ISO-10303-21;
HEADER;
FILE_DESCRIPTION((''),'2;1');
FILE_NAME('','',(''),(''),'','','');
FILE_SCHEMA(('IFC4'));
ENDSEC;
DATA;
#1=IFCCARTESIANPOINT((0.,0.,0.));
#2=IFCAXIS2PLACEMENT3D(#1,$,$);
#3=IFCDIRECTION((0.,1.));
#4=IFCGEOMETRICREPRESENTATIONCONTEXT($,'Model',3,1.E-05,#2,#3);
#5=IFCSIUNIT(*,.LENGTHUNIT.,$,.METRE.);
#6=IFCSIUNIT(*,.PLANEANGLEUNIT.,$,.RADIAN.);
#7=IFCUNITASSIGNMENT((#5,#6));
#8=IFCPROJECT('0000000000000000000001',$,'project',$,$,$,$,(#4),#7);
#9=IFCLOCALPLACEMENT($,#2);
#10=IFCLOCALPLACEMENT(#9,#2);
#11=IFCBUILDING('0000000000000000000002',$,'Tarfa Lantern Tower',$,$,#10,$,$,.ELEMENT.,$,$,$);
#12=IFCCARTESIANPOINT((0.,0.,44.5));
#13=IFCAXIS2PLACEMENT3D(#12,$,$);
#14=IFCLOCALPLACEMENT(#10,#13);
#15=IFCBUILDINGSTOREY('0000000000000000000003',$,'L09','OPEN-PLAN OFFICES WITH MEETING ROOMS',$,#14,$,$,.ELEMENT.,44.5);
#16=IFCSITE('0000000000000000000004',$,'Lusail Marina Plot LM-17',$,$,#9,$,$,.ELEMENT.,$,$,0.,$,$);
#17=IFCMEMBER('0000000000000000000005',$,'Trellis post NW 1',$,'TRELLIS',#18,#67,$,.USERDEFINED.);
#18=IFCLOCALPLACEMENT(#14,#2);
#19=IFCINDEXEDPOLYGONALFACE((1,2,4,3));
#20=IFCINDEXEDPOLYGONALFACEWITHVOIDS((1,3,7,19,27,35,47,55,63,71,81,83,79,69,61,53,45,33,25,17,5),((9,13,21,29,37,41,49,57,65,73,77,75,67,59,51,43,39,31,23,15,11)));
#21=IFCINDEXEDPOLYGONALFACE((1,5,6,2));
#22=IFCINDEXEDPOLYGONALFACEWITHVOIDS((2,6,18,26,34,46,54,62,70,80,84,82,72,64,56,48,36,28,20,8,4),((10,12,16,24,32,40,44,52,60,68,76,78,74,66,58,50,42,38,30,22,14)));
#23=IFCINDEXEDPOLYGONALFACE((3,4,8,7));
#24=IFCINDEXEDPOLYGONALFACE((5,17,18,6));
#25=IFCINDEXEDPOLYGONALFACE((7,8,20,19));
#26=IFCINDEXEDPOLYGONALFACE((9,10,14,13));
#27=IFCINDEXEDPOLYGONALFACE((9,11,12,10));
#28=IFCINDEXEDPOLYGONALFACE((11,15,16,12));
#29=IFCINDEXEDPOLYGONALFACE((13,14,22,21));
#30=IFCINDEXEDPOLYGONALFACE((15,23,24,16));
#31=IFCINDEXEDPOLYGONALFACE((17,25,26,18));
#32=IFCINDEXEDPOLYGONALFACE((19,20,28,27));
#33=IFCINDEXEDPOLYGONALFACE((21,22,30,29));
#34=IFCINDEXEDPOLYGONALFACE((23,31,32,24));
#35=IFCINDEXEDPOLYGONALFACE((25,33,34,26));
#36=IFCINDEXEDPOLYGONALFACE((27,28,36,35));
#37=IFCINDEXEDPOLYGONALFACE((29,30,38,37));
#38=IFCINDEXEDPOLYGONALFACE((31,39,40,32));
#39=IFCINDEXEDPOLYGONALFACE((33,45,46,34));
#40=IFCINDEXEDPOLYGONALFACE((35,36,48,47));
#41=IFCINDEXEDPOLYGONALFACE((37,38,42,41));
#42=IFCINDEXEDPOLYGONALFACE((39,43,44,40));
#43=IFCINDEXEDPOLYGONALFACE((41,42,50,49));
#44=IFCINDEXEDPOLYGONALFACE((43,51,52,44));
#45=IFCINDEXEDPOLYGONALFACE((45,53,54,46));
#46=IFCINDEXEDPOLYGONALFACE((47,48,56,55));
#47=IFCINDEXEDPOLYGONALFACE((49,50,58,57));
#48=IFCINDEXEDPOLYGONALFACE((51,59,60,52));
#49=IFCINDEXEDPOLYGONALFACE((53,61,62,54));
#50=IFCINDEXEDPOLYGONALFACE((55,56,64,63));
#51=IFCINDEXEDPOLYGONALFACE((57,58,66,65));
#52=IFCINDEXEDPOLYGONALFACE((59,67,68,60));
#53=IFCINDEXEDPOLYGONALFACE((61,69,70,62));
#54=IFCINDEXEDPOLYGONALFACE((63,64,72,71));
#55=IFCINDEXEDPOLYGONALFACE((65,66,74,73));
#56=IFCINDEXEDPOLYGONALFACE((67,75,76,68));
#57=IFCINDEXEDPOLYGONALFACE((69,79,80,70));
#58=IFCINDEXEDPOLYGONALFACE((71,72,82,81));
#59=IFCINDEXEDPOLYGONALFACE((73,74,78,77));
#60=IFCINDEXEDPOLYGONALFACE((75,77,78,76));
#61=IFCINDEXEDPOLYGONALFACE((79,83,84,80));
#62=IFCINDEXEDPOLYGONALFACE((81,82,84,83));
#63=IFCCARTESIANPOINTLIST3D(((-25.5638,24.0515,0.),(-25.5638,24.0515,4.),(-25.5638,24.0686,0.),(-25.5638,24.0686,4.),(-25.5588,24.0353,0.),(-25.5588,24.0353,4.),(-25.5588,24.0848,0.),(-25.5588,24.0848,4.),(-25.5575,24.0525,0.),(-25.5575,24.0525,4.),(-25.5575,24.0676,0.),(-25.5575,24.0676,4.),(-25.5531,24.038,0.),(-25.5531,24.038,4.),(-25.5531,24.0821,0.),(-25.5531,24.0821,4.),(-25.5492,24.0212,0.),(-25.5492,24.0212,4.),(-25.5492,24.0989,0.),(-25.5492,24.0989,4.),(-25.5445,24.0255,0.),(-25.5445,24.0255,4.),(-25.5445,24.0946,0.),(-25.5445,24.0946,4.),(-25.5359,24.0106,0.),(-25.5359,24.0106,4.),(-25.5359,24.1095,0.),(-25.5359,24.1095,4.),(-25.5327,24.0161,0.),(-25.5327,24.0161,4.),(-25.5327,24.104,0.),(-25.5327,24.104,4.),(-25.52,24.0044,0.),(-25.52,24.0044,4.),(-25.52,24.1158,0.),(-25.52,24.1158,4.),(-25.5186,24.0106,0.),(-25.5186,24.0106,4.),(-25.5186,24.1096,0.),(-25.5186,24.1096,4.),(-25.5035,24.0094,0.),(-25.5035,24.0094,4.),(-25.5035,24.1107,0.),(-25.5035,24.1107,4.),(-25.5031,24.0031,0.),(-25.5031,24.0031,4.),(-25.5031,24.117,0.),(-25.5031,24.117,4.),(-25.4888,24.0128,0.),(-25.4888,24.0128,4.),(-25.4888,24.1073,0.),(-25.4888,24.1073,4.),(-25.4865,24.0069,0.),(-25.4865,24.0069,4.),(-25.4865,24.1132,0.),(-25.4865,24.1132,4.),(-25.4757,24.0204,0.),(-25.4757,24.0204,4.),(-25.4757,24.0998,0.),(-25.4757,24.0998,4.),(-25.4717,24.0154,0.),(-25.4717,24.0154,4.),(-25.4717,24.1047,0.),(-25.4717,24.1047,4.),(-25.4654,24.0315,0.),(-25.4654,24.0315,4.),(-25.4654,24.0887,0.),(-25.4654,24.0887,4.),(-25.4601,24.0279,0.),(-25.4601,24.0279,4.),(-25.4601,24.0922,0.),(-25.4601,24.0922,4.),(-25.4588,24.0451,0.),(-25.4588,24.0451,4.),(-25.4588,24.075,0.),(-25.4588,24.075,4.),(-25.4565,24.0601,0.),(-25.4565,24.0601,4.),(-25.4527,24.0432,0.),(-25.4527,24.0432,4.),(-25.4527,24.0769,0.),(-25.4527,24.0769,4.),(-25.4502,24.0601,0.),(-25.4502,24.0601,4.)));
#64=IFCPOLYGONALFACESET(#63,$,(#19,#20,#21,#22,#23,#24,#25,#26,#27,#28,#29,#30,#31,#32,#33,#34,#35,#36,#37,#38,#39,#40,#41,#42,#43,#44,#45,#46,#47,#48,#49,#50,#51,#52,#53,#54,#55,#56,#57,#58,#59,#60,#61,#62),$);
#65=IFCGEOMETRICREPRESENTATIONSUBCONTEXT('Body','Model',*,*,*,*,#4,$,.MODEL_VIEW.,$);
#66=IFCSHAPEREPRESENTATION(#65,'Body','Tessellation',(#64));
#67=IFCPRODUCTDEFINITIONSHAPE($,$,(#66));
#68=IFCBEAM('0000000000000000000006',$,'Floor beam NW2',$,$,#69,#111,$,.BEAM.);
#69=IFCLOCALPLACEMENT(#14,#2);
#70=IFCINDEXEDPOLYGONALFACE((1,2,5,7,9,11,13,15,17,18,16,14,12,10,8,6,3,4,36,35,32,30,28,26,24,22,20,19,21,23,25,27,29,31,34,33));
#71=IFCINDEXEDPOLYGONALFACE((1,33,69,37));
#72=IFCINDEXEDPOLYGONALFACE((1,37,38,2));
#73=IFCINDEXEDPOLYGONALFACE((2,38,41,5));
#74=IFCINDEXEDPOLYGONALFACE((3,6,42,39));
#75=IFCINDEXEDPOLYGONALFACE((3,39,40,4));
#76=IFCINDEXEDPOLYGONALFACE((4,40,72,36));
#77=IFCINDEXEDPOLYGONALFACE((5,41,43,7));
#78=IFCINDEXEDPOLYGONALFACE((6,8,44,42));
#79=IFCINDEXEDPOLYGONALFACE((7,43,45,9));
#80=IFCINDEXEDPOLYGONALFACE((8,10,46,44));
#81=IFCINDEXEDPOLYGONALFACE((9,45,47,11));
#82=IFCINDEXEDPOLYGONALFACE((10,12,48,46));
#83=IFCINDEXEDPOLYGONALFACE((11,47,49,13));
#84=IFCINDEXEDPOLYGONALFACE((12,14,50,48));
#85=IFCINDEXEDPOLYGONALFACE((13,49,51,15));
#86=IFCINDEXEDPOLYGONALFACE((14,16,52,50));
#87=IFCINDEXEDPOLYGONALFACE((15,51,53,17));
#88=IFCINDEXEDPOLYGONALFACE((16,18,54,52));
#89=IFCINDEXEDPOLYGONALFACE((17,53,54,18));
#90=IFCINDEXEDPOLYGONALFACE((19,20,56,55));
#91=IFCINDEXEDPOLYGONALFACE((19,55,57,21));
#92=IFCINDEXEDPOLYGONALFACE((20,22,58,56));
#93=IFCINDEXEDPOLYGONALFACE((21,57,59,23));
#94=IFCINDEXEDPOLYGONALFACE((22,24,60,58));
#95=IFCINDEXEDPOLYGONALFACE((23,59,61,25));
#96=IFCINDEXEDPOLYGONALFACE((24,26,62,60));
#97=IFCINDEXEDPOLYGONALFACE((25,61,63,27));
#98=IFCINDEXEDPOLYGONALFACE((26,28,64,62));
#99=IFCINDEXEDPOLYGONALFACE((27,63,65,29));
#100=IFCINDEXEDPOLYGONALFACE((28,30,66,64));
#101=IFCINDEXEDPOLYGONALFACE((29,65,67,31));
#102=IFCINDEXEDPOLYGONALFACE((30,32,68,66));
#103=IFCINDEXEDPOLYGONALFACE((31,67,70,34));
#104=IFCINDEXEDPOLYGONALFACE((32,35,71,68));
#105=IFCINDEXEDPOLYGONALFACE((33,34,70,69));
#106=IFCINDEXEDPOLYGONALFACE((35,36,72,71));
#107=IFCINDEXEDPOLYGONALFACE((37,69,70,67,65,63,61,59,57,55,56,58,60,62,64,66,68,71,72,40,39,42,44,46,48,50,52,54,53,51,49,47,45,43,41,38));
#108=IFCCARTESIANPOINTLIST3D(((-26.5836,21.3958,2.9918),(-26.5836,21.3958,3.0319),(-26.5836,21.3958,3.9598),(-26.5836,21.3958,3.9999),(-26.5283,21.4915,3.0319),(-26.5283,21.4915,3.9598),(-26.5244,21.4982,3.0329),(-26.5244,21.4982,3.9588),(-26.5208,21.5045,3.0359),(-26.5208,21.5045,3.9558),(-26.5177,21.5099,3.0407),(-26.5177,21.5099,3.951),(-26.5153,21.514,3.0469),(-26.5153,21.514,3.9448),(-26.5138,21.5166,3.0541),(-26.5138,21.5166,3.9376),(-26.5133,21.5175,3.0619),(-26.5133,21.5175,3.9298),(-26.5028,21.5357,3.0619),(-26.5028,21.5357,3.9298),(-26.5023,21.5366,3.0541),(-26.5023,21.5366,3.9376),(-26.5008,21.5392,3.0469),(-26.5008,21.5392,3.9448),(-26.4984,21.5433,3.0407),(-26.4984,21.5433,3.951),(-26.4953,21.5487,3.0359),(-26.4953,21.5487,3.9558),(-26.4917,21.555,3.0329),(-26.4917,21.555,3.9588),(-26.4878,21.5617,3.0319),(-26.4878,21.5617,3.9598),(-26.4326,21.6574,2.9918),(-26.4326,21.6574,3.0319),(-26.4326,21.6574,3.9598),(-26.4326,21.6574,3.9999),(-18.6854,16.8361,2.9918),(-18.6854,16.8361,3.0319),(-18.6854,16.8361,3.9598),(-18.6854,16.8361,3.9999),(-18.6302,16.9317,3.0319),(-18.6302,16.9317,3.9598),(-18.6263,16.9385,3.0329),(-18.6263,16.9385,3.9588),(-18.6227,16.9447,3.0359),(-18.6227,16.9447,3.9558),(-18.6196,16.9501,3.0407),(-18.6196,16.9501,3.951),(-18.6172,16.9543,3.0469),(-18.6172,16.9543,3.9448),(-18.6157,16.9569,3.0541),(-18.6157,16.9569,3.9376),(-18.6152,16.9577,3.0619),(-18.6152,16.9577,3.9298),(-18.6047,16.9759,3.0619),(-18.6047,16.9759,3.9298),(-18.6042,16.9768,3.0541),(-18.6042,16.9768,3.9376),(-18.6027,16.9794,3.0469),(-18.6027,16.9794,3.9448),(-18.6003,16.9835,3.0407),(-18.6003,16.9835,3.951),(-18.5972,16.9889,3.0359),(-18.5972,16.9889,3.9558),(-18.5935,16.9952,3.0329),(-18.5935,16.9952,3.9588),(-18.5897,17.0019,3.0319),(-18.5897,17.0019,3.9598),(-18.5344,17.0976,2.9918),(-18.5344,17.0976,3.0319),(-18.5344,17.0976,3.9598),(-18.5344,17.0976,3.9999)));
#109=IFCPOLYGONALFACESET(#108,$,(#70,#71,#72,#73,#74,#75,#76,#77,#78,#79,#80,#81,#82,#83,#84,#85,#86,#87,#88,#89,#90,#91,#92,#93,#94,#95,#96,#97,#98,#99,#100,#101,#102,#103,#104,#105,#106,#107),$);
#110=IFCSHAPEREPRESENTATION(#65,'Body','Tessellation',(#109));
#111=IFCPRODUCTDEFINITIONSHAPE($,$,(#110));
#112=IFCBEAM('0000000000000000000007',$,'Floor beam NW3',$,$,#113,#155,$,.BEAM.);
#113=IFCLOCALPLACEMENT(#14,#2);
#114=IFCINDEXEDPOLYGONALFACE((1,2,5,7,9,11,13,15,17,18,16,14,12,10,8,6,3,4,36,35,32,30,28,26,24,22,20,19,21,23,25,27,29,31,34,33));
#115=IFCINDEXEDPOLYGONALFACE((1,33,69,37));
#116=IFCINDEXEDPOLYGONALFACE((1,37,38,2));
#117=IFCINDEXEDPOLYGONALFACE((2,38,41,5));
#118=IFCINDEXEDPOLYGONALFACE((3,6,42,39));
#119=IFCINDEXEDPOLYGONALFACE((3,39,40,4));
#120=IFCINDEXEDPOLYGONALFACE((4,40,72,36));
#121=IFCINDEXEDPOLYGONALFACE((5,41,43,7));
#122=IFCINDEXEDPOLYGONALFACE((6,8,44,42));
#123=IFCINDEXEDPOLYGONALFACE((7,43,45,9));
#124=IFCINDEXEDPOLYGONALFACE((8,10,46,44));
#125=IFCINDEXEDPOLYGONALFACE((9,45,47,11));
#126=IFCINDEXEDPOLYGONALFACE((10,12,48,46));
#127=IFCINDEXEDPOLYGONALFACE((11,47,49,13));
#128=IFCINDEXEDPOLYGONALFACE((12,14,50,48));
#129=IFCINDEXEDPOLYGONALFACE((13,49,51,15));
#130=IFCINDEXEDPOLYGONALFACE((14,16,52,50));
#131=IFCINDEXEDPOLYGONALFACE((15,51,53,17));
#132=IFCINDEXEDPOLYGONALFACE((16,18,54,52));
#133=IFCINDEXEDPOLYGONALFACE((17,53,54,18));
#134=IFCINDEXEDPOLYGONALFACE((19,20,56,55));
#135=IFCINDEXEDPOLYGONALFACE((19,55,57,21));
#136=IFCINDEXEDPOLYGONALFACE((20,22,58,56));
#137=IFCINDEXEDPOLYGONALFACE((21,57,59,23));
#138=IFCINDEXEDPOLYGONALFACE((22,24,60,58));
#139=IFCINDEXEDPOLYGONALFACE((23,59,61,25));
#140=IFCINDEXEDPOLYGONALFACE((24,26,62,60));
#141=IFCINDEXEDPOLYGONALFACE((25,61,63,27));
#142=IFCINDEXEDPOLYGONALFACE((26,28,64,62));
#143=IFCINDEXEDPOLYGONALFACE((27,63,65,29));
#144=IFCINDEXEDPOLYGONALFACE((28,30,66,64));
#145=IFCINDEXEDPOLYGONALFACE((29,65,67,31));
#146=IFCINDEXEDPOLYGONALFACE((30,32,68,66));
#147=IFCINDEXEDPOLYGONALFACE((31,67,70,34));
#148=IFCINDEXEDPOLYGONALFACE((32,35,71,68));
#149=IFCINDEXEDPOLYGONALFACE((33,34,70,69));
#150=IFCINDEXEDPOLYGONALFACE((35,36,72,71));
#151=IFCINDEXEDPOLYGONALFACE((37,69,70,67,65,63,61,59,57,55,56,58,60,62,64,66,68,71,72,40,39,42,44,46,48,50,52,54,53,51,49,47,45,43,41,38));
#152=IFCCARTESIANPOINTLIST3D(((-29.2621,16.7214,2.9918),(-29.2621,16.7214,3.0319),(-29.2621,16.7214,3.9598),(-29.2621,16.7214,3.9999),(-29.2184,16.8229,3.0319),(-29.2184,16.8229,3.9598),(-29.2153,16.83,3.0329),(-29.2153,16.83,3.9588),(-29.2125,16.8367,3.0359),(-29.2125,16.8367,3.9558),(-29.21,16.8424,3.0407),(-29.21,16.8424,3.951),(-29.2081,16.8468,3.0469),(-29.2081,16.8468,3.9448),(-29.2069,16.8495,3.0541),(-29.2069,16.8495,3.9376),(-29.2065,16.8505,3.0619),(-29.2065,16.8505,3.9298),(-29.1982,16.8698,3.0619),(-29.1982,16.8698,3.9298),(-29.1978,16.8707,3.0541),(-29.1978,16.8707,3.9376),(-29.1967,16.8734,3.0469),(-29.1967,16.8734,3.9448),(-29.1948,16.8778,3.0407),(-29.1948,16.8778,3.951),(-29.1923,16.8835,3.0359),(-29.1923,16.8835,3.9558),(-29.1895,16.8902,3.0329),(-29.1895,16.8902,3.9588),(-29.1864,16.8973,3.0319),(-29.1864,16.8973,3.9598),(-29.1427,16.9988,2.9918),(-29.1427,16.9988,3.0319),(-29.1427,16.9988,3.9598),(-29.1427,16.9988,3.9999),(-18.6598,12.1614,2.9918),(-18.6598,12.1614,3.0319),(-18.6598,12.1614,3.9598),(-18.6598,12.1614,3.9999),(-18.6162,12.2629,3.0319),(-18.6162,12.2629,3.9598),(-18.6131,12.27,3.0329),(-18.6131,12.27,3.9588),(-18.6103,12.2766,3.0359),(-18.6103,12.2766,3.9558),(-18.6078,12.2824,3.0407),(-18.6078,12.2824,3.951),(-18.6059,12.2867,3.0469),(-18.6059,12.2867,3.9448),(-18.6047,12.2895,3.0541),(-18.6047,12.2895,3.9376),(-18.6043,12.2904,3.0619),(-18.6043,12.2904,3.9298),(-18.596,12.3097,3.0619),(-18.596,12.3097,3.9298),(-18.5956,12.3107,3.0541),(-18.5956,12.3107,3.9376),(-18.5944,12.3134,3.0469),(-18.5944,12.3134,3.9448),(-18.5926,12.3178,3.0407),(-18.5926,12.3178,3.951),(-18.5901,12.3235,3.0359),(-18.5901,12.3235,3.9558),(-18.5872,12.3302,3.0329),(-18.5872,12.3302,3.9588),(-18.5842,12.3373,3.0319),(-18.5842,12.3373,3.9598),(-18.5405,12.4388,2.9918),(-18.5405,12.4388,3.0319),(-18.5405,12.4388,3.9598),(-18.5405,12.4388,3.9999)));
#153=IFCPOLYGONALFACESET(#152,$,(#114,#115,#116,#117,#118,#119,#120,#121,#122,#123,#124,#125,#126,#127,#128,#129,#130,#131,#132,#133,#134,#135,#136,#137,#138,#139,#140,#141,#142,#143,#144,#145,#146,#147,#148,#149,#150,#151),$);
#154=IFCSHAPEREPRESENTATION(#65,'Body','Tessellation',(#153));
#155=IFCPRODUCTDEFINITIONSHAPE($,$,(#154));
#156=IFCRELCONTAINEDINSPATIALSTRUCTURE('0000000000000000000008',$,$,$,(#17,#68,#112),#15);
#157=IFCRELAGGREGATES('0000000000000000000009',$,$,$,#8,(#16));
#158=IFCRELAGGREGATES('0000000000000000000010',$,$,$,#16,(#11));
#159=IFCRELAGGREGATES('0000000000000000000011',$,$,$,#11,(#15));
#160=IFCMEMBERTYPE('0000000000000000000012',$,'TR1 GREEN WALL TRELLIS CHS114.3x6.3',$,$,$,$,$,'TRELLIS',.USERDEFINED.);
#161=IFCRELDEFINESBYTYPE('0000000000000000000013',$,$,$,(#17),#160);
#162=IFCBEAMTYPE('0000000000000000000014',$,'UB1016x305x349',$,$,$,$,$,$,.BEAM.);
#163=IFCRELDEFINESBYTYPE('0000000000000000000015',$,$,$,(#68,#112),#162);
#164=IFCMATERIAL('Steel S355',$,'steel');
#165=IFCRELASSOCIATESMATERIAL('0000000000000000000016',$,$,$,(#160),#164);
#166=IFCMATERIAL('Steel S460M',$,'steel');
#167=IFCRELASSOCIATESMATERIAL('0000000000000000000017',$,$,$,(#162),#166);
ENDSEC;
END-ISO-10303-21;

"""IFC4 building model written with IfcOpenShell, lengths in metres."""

from ifc_helpers import new_model, si_unit, direction, frame, origin, origin_2d, place, context, subcontext, project, spatial, hollow_circle, i_section, extrude, material, material_profile, profile_set, type_object, element, save


model = new_model("IFC4")

# Units and contexts
model_context = context("Model", 3, precision=1e-05, world=origin(), true_north=direction((0.0, 1.0)))
body_context = subcontext(model_context, "Body", "Model", "MODEL_VIEW")
ifc_project = project(units=[si_unit("LENGTHUNIT", "METRE"), si_unit("PLANEANGLEUNIT", "RADIAN")], contexts=[model_context])

# Site, building, storey
site_placement = place(None, origin())
site = spatial("IfcSite", under=ifc_project, at=site_placement, Name="Lusail Marina Plot LM-17", CompositionType="ELEMENT", RefElevation=0.0)
building_placement = place(site_placement, origin())
building = spatial("IfcBuilding", under=site, at=building_placement, Name="Tarfa Lantern Tower", CompositionType="ELEMENT")
storey_placement = place(building_placement, frame((0.0, 0.0, 44.5)))
storey = spatial("IfcBuildingStorey", under=building, at=storey_placement, Name="L09", Description="OPEN-PLAN OFFICES WITH MEETING ROOMS", CompositionType="ELEMENT", Elevation=44.5)

# Member
ifc_material_1 = material(Name="Steel S355", Category="steel")
ifc_material_profile_1 = material_profile(ifc_material_1, hollow_circle(Radius=0.0571, WallThickness=0.0063, at=origin_2d()), Name="CHS114.3x6.3")
ifc_profile_set_1 = profile_set([ifc_material_profile_1], Name="Steel S355")
member_type_1 = type_object("IfcMemberType", Name="TR1 GREEN WALL TRELLIS CHS114.3x6.3", ElementType="TRELLIS", PredefinedType="USERDEFINED", material=ifc_profile_set_1)
member_1_placement = place(storey_placement, frame((-25.5073, 24.0601, 0.0), z_axis=(0.0, 0.0, 1.0), x_axis=(1.0, 0.0, 0.0)))
element("IfcMember", 1, at=member_1_placement, inside=storey, type_object=member_type_1, Name="Trellis post NW 1", ObjectType="TRELLIS", PredefinedType="USERDEFINED", context=body_context, shape_type="SweptSolid", body=[
    extrude(hollow_circle(Radius=0.0571, WallThickness=0.0063, at=origin_2d()), origin(), (0.0, 0.0, 1.0), 4.0),
])

# Beams
ifc_material_2 = material(Name="Steel S460M", Category="steel")
ifc_material_profile_2 = material_profile(ifc_material_2, i_section(OverallWidth=0.302, OverallDepth=1.0081, WebThickness=0.021, FlangeThickness=0.04, FilletRadius=0.03, at=origin_2d()), Name="UB1016x305x349")
ifc_profile_set_2 = profile_set([ifc_material_profile_2], Name="Steel S460M")
beam_type_1 = type_object("IfcBeamType", Name="UB1016x305x349", PredefinedType="BEAM", material=ifc_profile_set_2)
beam_1_placement = place(storey_placement, frame((-26.5081, 21.5266, 3.4958), z_axis=(0.866035, -0.499983, 0.0), x_axis=(0.499983, 0.866035, 0.0)))
element("IfcBeam", 2, at=beam_1_placement, inside=storey, type_object=beam_type_1, Name="Floor beam NW2", PredefinedType="BEAM", context=body_context, shape_type="SweptSolid", body=[
    extrude(i_section(OverallWidth=0.302, OverallDepth=1.0081, WebThickness=0.021, FlangeThickness=0.04, FilletRadius=0.03, at=origin_2d()), origin(), (0.0, 0.0, 1.0), 9.1199),
])
beam_2_placement = place(storey_placement, frame((-29.2024, 16.8601, 3.4958), z_axis=(0.918635, -0.395106, 0.0), x_axis=(0.395106, 0.918635, 0.0)))
element("IfcBeam", 3, at=beam_2_placement, inside=storey, type_object=beam_type_1, Name="Floor beam NW3", PredefinedType="BEAM", context=body_context, shape_type="SweptSolid", body=[
    extrude(i_section(OverallWidth=0.302, OverallDepth=1.0081, WebThickness=0.021, FlangeThickness=0.04, FilletRadius=0.03, at=origin_2d()), origin(), (0.0, 0.0, 1.0), 11.5413),
])

save(model, "model.ifc")
